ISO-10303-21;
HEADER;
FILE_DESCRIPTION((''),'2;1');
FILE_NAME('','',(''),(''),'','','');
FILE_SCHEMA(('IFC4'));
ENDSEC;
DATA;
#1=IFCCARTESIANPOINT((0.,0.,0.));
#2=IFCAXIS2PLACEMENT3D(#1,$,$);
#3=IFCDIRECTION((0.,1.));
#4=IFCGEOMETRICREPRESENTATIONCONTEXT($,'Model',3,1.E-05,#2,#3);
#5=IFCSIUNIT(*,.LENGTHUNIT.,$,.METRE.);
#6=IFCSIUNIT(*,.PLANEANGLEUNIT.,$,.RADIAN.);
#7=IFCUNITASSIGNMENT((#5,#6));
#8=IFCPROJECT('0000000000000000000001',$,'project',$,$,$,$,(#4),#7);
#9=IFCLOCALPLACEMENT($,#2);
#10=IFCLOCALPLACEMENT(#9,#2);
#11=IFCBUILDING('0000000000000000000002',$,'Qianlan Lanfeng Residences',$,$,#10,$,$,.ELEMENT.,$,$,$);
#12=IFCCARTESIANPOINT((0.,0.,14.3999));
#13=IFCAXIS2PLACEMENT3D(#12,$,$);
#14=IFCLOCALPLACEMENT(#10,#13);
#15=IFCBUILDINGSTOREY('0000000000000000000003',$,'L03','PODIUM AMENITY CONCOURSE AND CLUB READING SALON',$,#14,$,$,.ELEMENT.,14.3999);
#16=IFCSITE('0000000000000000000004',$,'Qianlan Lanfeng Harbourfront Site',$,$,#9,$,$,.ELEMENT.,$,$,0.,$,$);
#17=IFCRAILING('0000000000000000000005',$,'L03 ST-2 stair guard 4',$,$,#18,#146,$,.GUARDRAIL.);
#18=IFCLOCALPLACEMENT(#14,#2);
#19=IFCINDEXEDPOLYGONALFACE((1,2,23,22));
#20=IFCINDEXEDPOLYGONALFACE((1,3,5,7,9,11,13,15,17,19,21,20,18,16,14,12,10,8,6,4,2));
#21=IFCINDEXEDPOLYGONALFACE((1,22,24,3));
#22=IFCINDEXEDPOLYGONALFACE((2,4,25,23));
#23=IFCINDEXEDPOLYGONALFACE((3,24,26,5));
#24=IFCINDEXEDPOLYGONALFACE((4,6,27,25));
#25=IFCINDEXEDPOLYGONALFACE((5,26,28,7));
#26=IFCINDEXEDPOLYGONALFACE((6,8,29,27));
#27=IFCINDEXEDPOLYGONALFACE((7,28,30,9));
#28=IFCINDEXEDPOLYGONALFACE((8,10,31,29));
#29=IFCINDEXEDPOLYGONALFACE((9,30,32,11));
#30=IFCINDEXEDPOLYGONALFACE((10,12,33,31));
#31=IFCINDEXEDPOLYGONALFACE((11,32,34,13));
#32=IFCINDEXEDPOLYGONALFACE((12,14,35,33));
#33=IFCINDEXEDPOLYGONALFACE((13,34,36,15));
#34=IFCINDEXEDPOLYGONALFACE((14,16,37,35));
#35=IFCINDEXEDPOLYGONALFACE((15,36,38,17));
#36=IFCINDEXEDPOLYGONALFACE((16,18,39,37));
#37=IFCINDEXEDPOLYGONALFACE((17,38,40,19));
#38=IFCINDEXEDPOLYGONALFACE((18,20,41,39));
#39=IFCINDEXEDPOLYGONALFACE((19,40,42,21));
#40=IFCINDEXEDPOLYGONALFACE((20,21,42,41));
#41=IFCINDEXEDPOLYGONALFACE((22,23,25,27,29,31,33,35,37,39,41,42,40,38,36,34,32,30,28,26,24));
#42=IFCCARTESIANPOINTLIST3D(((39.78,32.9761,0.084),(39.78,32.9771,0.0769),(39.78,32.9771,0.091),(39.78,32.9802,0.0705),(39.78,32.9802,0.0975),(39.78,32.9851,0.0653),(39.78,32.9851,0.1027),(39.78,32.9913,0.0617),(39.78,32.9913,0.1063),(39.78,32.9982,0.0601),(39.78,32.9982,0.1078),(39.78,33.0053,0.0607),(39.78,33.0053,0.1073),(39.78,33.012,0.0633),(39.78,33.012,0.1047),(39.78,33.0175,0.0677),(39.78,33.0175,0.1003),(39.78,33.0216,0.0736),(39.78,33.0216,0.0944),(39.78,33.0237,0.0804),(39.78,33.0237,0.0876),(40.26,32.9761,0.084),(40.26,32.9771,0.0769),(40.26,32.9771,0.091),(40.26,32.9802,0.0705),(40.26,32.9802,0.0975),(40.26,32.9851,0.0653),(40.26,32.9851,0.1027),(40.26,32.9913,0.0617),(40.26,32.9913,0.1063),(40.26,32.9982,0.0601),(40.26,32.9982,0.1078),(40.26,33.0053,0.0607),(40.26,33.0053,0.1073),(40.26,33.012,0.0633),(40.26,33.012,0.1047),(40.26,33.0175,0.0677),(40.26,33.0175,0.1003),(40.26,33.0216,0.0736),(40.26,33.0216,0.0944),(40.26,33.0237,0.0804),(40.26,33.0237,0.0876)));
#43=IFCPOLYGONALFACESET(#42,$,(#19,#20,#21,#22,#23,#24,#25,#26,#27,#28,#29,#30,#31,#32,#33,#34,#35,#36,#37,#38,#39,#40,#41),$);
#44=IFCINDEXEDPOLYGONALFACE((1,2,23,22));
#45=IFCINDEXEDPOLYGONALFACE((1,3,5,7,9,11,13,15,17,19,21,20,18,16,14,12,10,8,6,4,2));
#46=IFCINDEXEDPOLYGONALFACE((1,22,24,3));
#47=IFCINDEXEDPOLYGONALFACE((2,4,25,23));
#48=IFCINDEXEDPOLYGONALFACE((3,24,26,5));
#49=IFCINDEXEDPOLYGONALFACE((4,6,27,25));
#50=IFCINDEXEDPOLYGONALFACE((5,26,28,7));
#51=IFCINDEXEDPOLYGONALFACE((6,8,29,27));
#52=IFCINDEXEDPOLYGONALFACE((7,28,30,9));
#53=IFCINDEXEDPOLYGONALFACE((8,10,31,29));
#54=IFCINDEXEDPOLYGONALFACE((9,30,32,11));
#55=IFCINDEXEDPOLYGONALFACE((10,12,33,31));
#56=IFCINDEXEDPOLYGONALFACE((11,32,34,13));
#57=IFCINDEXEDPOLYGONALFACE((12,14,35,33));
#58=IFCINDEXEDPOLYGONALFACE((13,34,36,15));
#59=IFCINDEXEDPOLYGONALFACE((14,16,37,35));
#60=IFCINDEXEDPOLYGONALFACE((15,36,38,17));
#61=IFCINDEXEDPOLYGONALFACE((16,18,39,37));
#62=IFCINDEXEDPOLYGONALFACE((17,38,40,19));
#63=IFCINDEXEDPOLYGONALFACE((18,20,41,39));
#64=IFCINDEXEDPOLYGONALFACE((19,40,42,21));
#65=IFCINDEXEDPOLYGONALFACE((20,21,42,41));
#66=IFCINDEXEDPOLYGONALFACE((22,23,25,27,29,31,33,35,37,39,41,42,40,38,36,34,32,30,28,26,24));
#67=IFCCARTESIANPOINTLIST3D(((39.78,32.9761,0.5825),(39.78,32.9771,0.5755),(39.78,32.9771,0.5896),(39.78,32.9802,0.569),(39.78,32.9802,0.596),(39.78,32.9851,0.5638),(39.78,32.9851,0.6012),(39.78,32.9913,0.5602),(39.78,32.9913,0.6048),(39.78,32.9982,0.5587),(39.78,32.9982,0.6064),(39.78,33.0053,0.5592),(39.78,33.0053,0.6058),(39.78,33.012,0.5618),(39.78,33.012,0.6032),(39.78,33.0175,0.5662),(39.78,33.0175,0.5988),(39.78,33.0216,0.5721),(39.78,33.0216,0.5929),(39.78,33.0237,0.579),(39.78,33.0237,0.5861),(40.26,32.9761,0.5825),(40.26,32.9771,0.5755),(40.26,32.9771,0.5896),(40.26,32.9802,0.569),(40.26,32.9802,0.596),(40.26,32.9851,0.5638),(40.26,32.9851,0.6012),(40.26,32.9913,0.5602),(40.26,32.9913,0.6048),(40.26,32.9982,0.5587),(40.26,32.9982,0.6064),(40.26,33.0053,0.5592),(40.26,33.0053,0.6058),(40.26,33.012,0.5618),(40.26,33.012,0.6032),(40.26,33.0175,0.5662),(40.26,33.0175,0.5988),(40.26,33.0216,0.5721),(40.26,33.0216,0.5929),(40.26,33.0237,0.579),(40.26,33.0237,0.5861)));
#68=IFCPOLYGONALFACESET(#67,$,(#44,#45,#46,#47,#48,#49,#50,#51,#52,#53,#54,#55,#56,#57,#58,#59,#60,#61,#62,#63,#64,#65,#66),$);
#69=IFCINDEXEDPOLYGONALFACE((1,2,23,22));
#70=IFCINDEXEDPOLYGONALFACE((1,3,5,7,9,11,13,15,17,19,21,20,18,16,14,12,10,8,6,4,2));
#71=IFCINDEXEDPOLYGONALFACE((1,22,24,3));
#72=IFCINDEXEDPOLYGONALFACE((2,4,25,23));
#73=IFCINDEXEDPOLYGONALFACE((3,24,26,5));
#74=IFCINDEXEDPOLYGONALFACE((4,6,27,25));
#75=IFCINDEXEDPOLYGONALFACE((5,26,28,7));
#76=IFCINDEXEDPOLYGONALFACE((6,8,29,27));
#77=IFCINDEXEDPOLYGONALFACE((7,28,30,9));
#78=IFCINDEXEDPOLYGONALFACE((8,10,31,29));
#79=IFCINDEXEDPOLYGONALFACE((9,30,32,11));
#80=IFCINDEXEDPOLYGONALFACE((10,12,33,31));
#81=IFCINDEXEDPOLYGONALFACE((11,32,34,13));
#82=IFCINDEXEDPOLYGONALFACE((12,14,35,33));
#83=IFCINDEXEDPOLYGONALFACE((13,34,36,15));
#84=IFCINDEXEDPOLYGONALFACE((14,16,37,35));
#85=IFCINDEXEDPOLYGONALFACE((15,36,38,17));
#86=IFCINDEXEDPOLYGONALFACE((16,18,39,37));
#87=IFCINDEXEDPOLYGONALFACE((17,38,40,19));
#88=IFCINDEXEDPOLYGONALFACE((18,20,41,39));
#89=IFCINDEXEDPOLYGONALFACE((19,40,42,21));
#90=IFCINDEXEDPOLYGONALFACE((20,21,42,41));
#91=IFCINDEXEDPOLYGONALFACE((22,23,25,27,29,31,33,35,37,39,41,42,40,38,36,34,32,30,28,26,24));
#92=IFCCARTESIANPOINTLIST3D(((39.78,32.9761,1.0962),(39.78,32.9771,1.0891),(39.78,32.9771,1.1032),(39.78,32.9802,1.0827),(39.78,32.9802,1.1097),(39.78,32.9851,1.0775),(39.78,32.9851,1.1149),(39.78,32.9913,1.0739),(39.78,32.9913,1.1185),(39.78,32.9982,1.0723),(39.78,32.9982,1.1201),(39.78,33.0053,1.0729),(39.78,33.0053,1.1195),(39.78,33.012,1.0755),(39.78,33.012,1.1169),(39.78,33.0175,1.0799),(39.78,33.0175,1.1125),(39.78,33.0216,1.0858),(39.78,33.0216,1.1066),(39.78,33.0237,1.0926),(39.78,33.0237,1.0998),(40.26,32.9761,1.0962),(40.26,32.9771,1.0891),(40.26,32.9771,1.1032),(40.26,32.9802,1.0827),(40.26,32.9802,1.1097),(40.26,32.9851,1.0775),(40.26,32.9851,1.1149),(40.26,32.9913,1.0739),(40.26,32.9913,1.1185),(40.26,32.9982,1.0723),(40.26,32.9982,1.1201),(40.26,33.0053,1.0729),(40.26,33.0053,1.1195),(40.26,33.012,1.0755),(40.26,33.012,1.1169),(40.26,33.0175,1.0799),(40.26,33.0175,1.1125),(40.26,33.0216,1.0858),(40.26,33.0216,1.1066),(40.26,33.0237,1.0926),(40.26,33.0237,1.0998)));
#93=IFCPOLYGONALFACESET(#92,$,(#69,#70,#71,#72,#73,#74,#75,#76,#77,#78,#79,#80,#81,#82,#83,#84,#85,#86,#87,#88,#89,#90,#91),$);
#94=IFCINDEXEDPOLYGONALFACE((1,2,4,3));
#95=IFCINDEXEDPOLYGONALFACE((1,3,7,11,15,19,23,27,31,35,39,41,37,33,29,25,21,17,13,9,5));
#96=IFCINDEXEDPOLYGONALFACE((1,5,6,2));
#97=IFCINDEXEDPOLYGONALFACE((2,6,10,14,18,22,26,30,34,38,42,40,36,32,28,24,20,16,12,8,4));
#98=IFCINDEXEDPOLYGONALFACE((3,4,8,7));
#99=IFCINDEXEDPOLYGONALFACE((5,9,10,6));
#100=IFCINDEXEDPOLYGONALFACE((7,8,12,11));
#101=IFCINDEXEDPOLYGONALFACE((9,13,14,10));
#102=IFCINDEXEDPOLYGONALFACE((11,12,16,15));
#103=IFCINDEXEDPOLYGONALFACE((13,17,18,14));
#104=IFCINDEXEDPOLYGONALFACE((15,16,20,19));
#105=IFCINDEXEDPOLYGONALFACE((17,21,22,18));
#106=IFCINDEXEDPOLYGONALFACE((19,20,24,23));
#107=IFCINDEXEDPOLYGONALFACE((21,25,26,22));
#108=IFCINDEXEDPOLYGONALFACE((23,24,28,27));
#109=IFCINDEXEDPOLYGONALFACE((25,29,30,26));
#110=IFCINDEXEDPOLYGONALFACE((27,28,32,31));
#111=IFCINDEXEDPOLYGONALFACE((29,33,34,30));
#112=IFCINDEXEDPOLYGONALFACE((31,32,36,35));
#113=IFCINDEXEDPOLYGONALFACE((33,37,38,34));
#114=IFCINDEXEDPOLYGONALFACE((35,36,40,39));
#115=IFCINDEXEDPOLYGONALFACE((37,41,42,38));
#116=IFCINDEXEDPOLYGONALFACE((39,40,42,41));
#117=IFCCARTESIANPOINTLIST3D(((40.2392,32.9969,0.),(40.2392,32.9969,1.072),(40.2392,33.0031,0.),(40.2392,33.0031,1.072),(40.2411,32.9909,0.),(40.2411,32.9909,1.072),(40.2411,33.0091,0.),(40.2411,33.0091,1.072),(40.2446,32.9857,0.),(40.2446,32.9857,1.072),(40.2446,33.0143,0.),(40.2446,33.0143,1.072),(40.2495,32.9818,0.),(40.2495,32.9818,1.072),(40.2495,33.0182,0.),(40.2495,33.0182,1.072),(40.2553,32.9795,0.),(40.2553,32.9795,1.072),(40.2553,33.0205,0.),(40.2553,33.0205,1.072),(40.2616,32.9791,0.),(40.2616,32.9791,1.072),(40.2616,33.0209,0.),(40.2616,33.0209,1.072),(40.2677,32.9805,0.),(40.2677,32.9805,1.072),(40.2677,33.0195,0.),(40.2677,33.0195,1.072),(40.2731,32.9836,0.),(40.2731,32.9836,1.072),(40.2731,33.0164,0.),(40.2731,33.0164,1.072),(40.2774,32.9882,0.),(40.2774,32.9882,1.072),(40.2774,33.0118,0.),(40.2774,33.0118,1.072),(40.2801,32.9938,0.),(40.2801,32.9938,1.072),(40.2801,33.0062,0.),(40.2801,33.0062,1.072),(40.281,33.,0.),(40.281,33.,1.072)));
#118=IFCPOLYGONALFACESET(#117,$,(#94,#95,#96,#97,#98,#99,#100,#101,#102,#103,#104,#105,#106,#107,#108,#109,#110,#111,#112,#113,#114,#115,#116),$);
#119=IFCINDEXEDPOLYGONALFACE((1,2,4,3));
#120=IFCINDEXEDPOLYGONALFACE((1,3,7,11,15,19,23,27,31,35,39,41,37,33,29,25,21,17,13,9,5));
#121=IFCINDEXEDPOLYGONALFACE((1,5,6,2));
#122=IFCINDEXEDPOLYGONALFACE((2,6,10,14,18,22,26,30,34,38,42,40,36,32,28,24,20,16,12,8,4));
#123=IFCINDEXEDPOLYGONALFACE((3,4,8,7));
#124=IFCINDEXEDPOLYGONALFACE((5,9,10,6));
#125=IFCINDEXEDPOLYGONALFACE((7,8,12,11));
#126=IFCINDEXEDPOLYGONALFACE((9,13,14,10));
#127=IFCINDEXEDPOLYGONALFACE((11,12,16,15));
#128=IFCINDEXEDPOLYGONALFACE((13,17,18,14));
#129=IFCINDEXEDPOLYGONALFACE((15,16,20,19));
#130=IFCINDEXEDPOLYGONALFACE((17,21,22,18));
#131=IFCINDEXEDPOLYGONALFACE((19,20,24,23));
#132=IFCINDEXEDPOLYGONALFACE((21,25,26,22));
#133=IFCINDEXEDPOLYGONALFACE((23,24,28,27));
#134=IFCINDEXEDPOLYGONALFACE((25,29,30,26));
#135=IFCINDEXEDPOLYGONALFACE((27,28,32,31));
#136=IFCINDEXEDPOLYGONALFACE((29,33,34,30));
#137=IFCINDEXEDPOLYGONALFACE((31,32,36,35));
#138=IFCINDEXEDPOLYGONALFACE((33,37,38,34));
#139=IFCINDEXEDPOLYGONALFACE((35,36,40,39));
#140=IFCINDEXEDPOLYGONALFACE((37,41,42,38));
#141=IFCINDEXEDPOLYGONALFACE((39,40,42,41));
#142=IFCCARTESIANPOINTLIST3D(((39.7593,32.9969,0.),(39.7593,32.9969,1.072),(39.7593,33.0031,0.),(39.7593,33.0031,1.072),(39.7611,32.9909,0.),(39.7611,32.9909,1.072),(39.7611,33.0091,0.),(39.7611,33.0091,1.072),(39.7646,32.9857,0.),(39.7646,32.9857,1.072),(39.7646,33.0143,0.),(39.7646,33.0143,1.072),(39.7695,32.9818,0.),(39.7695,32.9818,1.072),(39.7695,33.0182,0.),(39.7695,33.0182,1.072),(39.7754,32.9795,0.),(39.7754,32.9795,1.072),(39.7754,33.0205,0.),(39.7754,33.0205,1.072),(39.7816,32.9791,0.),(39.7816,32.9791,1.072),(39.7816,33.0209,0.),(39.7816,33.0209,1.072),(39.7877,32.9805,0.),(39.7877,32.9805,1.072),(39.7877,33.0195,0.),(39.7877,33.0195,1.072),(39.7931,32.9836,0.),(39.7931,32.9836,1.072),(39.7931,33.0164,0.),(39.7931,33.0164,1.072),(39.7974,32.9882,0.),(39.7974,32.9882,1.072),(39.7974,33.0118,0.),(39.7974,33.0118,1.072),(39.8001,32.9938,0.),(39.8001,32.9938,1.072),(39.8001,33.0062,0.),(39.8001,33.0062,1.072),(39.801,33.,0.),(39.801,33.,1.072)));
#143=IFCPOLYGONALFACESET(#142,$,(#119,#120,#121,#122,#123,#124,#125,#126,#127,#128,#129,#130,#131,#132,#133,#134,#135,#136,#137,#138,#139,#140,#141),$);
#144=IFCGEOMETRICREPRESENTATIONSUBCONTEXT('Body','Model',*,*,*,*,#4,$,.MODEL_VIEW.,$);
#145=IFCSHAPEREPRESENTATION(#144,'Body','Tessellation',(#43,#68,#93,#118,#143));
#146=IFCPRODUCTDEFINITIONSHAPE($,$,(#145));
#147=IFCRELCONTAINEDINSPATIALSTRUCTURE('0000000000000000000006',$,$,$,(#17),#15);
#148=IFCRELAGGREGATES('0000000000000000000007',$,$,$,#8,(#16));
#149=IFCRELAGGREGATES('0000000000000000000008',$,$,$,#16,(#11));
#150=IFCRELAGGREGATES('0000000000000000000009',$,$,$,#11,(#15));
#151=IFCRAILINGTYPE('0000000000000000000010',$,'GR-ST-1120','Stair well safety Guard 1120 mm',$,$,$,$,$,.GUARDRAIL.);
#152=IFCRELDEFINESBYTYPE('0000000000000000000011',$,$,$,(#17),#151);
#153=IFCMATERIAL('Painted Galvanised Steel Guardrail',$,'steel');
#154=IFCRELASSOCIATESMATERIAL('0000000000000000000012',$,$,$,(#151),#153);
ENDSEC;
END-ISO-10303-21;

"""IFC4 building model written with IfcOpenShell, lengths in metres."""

from ifc_helpers import new_model, si_unit, direction, frame, origin, origin_2d, place, context, subcontext, project, spatial, circle, extrude, material, type_object, element, save


model = new_model("IFC4")

# Units and contexts
model_context = context("Model", 3, precision=1e-05, world=origin(), true_north=direction((0.0, 1.0)))
body_context = subcontext(model_context, "Body", "Model", "MODEL_VIEW")
ifc_project = project(units=[si_unit("LENGTHUNIT", "METRE"), si_unit("PLANEANGLEUNIT", "RADIAN")], contexts=[model_context])

# Site, building, storey
site_placement = place(None, origin())
site = spatial("IfcSite", under=ifc_project, at=site_placement, Name="Qianlan Lanfeng Harbourfront Site", CompositionType="ELEMENT", RefElevation=0.0)
building_placement = place(site_placement, origin())
building = spatial("IfcBuilding", under=site, at=building_placement, Name="Qianlan Lanfeng Residences", CompositionType="ELEMENT")
storey_placement = place(building_placement, frame((0.0, 0.0, 14.3999)))
storey = spatial("IfcBuildingStorey", under=building, at=storey_placement, Name="L03", Description="PODIUM AMENITY CONCOURSE AND CLUB READING SALON", CompositionType="ELEMENT", Elevation=14.3999)

# Railing
ifc_material_1 = material(Name="Painted Galvanised Steel Guardrail", Category="steel")
railing_type_1 = type_object("IfcRailingType", Name="GR-ST-1120", Description="Stair well safety Guard 1120 mm", PredefinedType="GUARDRAIL", material=ifc_material_1)
railing_1_placement = place(storey_placement, frame((40.26, 33.0, 0.0)))
element("IfcRailing", 1, at=railing_1_placement, inside=storey, type_object=railing_type_1, Name="L03 ST-2 stair guard 4", PredefinedType="GUARDRAIL", context=body_context, shape_type="SweptSolid", body=[
    extrude(circle(Radius=0.0239, at=origin_2d()), frame((0.0, 0.0, 0.084), z_axis=(-1.0, 0.0, 0.0), x_axis=(0.0, -1.0, 0.0)), (0.0, 0.0, 1.0), 0.48),
    extrude(circle(Radius=0.0239, at=origin_2d()), frame((0.0, 0.0, 0.5825), z_axis=(-1.0, 0.0, 0.0), x_axis=(0.0, -1.0, 0.0)), (0.0, 0.0, 1.0), 0.48),
    extrude(circle(Radius=0.0239, at=origin_2d()), frame((0.0, 0.0, 1.0962), z_axis=(-1.0, 0.0, 0.0), x_axis=(0.0, -1.0, 0.0)), (0.0, 0.0, 1.0), 0.48),
    extrude(circle(Radius=0.021, at=origin_2d()), origin(), (0.0, 0.0, 1.0), 1.072),
    extrude(circle(Radius=0.021, at=origin_2d()), frame((-0.48, 0.0, 0.0)), (0.0, 0.0, 1.0), 1.072),
])

save(model, "model.ifc")
